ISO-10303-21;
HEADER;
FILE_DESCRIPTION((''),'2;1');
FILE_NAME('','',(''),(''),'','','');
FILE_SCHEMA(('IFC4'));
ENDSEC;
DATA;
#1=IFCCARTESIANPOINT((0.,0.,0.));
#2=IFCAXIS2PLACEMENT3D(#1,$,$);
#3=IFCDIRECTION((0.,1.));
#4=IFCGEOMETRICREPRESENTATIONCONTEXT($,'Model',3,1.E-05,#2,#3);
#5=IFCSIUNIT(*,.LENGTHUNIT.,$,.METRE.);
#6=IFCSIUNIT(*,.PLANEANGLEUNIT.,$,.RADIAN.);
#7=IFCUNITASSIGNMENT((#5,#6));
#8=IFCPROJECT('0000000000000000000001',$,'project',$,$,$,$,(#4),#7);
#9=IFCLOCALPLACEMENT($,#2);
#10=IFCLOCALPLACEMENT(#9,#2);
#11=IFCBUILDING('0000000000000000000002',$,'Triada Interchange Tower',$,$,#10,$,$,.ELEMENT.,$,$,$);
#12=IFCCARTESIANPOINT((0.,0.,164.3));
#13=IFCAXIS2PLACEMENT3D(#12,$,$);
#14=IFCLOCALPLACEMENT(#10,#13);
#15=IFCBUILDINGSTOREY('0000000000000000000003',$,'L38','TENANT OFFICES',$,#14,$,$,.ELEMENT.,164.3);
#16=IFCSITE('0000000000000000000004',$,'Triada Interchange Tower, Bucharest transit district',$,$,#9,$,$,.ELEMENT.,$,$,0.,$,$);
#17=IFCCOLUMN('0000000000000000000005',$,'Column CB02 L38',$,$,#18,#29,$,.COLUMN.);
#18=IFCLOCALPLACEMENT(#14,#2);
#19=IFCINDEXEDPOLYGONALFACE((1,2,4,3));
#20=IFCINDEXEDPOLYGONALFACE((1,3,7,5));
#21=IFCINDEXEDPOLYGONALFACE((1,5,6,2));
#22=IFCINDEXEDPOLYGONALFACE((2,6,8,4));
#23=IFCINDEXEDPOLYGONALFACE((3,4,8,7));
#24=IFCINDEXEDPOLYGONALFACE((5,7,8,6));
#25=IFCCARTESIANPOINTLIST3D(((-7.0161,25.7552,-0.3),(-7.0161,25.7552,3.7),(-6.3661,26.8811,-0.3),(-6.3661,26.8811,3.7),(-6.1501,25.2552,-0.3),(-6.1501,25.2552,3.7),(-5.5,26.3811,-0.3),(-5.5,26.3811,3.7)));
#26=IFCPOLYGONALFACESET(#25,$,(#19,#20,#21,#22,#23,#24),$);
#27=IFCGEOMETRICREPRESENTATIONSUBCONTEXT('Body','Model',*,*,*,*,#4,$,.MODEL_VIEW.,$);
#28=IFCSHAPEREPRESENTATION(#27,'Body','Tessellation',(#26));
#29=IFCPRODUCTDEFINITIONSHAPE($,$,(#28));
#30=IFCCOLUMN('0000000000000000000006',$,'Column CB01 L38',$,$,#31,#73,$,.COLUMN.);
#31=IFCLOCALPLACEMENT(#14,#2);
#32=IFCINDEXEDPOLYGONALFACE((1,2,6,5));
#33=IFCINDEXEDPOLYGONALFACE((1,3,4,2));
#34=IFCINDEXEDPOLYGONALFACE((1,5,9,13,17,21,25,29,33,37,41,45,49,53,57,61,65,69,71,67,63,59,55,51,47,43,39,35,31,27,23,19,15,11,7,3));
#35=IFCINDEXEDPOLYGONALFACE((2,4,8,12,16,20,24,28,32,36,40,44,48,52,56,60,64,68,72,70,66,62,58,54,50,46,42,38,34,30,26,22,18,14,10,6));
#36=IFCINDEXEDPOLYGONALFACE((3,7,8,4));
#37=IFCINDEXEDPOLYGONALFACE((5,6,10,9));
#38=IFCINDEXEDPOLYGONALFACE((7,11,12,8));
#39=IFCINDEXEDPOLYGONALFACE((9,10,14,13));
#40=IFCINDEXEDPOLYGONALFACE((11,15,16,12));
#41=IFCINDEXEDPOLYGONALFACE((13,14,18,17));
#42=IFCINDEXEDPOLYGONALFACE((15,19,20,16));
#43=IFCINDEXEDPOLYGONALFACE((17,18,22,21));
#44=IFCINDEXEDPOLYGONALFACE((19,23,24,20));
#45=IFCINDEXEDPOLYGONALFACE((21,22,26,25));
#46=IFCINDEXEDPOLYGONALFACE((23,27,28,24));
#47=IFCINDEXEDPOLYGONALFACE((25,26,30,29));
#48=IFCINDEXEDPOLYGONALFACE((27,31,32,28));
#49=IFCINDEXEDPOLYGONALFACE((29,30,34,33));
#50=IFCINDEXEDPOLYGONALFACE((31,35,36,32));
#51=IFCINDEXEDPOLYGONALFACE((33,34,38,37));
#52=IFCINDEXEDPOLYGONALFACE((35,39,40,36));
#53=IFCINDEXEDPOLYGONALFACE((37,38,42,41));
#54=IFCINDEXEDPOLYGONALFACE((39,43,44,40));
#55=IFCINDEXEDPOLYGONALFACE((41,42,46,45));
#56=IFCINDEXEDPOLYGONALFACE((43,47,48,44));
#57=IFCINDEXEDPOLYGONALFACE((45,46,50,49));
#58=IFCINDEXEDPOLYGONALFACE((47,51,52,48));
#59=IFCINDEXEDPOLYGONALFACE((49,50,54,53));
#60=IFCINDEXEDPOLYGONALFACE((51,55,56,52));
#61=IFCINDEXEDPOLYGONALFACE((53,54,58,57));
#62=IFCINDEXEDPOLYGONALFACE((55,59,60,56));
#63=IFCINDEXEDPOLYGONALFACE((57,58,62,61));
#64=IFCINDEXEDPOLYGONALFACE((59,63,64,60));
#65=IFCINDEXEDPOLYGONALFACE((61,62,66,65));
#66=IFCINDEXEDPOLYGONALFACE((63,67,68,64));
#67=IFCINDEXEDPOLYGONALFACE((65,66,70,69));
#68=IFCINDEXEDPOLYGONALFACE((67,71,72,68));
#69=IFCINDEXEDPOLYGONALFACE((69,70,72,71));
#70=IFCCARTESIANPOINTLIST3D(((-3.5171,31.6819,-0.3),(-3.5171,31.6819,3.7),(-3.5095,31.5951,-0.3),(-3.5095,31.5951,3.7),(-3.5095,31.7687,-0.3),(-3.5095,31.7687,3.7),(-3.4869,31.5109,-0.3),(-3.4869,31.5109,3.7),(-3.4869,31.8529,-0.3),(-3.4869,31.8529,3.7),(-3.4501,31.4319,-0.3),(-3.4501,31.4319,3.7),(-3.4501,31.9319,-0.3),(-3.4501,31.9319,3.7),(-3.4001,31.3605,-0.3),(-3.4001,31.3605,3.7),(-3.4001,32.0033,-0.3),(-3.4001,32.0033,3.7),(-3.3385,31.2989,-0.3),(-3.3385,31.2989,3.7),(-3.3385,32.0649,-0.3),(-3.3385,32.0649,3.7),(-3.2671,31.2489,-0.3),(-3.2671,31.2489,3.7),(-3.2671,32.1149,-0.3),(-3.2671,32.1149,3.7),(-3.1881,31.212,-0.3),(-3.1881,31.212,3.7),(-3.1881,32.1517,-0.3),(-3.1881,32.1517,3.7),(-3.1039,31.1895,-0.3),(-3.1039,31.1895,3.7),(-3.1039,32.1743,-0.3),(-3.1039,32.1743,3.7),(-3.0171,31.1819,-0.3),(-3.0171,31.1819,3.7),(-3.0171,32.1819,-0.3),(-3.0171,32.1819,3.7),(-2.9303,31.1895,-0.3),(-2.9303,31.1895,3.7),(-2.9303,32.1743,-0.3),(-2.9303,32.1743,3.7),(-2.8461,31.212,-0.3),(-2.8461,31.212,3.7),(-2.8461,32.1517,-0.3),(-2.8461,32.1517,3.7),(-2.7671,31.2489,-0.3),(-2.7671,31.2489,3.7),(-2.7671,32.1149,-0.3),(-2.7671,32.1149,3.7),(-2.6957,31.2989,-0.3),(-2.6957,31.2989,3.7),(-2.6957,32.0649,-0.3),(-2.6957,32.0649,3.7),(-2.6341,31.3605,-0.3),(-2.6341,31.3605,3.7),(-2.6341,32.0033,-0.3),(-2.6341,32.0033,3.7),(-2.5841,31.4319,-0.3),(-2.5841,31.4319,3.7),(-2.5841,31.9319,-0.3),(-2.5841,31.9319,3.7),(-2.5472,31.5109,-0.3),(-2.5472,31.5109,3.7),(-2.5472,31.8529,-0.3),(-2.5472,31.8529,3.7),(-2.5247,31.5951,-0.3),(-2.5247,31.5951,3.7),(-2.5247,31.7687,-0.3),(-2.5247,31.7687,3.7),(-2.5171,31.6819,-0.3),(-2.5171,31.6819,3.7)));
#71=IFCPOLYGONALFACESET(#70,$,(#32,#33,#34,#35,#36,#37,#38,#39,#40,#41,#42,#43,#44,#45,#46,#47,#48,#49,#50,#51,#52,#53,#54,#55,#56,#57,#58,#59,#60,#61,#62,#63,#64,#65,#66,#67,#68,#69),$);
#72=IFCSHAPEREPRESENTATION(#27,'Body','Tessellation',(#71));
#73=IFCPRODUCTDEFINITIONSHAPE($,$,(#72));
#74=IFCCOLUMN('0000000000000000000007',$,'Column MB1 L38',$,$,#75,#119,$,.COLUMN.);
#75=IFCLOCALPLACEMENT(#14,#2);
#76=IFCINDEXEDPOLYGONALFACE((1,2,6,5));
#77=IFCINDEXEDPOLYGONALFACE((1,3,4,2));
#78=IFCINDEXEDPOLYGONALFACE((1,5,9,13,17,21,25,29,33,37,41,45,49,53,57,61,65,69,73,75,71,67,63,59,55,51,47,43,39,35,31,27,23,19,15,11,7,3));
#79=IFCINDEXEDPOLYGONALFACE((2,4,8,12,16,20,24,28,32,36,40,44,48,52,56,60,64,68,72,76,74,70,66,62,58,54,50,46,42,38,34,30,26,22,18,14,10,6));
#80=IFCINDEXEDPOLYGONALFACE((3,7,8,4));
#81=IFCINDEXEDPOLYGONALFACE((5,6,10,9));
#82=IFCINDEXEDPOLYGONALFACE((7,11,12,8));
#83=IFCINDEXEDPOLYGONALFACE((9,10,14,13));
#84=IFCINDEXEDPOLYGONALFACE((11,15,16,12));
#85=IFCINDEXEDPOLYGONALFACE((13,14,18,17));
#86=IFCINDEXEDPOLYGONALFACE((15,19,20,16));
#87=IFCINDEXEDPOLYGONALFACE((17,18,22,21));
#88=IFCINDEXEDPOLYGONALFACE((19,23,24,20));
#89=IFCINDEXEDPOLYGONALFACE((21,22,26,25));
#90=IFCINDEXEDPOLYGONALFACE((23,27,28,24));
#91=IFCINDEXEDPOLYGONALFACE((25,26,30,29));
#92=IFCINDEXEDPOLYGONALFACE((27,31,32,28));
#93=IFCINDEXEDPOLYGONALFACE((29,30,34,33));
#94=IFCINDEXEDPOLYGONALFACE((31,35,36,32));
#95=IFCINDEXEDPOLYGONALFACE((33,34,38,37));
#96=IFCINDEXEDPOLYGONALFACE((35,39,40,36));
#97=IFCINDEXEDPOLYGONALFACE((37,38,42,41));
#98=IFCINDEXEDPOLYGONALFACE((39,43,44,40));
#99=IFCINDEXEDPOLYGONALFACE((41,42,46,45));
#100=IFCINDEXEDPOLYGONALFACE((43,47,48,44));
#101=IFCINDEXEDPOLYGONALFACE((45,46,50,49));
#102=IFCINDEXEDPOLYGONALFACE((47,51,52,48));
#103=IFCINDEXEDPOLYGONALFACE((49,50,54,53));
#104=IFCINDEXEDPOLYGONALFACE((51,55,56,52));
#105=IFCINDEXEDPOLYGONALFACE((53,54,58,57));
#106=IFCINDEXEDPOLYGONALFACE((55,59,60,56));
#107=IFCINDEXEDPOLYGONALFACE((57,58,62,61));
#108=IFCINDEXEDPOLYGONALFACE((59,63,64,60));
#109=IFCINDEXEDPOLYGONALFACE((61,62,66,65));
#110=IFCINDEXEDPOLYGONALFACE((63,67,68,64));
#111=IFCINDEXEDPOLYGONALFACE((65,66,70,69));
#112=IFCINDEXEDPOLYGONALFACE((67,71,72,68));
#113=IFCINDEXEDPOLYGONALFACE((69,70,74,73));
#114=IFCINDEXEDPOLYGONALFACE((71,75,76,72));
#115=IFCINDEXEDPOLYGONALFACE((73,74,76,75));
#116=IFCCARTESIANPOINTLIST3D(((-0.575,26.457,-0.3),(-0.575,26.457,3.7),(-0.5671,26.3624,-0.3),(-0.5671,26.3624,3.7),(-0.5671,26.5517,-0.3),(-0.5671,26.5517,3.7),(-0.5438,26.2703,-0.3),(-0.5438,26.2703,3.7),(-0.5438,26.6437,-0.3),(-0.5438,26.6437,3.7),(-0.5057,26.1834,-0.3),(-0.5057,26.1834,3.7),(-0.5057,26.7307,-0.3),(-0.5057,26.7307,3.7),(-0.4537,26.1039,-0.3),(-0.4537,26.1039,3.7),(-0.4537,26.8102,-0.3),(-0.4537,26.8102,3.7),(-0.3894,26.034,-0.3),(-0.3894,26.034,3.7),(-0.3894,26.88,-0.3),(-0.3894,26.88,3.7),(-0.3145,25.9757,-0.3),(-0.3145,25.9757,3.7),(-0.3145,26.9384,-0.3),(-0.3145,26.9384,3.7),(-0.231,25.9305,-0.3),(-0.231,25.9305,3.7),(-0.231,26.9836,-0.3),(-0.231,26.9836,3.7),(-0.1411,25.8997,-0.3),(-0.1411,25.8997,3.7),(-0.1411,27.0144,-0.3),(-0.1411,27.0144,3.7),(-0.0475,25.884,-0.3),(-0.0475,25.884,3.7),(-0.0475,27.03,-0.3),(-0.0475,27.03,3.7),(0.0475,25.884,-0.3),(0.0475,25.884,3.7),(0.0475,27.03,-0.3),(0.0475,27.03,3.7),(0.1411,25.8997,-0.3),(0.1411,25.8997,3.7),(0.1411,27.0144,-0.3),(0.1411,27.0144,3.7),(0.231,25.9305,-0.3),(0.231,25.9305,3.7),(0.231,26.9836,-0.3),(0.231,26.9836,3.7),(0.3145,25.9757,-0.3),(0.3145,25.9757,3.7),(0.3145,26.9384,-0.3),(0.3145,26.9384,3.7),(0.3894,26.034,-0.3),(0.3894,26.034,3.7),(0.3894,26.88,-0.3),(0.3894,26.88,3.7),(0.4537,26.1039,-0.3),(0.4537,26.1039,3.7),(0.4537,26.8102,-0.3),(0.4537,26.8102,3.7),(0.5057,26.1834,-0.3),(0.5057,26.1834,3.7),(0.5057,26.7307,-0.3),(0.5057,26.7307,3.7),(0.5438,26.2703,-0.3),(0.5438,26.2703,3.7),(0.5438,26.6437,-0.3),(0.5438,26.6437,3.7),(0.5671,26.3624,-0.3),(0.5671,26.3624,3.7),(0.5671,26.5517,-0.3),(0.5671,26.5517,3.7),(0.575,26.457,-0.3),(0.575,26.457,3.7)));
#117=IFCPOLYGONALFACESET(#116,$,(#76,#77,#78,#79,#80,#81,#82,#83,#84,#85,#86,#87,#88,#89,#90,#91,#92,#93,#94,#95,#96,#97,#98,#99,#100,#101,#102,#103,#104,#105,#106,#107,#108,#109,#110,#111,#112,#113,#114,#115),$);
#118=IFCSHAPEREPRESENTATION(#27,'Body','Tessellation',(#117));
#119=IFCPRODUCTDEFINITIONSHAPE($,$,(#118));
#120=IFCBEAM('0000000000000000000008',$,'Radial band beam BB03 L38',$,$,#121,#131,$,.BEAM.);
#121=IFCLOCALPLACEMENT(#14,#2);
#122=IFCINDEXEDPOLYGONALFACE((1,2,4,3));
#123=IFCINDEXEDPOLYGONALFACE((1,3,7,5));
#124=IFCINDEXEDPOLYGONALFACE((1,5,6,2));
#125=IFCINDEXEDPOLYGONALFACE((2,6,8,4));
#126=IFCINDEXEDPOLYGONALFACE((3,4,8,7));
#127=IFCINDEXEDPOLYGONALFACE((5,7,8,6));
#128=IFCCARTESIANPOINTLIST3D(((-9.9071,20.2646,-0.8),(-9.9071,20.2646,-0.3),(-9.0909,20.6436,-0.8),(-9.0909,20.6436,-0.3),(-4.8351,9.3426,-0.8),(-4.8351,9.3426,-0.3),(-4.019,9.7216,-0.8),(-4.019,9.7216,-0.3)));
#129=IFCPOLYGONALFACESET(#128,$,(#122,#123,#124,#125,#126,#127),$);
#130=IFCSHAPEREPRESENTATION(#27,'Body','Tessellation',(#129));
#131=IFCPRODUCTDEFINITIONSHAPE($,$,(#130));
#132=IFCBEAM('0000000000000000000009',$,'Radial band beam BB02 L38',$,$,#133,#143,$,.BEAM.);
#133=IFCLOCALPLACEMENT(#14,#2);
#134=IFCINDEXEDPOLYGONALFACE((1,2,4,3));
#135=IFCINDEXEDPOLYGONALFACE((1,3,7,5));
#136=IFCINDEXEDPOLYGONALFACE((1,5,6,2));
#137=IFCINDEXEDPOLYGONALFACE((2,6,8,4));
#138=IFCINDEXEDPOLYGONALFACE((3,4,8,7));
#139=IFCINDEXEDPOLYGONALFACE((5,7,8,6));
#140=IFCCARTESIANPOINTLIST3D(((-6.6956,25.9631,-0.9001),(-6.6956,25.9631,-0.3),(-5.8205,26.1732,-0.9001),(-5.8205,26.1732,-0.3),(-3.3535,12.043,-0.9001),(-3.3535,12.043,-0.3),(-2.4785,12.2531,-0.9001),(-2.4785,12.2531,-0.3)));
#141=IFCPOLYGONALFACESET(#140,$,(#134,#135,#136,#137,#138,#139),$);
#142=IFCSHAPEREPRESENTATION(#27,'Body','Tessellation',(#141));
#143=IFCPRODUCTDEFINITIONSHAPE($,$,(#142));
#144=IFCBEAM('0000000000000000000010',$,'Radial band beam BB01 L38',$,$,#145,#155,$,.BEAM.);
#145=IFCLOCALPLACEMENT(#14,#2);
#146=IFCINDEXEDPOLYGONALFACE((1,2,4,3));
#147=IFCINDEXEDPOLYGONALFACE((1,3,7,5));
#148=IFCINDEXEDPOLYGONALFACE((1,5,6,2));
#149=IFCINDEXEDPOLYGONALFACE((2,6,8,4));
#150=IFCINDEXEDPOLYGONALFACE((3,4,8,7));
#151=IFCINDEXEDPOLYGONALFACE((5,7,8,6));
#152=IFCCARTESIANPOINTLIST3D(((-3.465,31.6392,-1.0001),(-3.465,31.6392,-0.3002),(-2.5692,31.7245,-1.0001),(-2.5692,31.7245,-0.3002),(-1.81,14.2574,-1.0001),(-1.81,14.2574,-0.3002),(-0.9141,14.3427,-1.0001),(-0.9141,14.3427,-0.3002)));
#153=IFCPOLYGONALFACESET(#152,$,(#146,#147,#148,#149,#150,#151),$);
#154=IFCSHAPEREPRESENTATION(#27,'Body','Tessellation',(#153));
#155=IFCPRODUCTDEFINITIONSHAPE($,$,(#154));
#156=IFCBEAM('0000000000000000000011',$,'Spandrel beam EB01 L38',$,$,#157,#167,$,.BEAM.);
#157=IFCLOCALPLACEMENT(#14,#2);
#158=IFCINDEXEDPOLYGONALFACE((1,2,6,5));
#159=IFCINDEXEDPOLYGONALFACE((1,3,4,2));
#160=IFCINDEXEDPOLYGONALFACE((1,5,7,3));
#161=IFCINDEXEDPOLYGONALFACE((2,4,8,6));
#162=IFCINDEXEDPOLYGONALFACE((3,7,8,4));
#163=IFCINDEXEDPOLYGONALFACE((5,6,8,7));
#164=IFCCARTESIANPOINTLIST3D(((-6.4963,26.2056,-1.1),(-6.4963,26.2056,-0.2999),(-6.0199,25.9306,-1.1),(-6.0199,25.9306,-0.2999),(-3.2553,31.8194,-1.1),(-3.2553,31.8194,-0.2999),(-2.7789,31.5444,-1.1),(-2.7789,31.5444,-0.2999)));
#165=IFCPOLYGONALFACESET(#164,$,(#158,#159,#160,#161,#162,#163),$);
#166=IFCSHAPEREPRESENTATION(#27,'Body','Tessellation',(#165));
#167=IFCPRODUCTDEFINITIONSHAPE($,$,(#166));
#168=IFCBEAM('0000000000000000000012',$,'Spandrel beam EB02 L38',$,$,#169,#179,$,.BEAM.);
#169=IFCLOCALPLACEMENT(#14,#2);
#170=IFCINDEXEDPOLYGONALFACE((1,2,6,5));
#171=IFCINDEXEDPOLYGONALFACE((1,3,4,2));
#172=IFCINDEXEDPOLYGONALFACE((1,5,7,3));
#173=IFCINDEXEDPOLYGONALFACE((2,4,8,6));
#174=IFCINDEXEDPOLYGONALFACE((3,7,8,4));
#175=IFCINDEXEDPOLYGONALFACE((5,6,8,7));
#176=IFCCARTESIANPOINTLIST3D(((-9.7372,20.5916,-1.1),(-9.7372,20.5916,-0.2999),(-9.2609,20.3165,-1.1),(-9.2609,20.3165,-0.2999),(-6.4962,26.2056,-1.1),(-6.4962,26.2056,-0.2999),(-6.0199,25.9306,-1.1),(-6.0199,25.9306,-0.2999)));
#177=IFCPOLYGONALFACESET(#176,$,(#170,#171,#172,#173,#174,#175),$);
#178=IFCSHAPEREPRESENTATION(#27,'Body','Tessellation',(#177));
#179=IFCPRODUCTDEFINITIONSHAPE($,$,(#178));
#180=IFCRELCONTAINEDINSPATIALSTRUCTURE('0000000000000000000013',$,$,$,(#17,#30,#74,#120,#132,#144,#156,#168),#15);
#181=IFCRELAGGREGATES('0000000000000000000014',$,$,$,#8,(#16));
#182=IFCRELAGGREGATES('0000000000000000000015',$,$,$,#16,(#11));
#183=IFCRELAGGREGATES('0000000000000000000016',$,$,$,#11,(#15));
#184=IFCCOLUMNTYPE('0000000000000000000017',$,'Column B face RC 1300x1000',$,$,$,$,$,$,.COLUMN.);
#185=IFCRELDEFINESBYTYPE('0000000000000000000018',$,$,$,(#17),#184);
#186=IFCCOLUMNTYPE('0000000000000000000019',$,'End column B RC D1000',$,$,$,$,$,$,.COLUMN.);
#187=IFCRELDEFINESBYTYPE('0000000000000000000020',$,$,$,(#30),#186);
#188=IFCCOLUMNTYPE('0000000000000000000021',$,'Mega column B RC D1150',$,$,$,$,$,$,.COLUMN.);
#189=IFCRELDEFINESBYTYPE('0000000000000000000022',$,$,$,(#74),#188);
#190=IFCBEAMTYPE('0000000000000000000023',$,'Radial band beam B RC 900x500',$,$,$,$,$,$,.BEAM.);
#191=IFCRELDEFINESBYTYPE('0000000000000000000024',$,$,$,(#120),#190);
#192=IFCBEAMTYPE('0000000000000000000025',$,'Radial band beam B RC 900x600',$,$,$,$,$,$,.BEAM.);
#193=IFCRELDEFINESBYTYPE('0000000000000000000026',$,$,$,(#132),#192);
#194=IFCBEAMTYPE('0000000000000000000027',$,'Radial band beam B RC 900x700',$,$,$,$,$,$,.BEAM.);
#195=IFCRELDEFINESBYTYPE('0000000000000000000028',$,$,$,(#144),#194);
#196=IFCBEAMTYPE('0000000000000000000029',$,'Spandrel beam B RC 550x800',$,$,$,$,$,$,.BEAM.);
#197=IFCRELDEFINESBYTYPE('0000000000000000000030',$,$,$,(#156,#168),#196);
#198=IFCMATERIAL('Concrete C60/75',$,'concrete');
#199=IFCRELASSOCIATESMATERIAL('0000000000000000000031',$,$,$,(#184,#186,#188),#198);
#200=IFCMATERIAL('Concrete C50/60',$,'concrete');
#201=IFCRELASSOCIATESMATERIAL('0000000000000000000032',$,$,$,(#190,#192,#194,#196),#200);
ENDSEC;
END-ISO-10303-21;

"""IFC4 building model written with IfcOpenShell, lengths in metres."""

from ifc_helpers import new_model, si_unit, direction, frame, origin, origin_2d, place, context, subcontext, project, spatial, rectangle, circle, extrude, material, material_profile, profile_set, type_object, element, save


model = new_model("IFC4")

# Units and contexts
model_context = context("Model", 3, precision=1e-05, world=origin(), true_north=direction((0.0, 1.0)))
body_context = subcontext(model_context, "Body", "Model", "MODEL_VIEW")
ifc_project = project(units=[si_unit("LENGTHUNIT", "METRE"), si_unit("PLANEANGLEUNIT", "RADIAN")], contexts=[model_context])

# Site, building, storey
site_placement = place(None, origin())
site = spatial("IfcSite", under=ifc_project, at=site_placement, Name="Triada Interchange Tower, Bucharest transit district", CompositionType="ELEMENT", RefElevation=0.0)
building_placement = place(site_placement, origin())
building = spatial("IfcBuilding", under=site, at=building_placement, Name="Triada Interchange Tower", CompositionType="ELEMENT")
storey_placement = place(building_placement, frame((0.0, 0.0, 164.3)))
storey = spatial("IfcBuildingStorey", under=building, at=storey_placement, Name="L38", Description="TENANT OFFICES", CompositionType="ELEMENT", Elevation=164.3)

# Columns
ifc_material_1 = material(Name="Concrete C60/75", Category="concrete")
ifc_material_profile_1 = material_profile(ifc_material_1, rectangle(XDim=1.3, YDim=1.0, at=origin_2d()), Name="RC 1300x1000")
ifc_profile_set_1 = profile_set([ifc_material_profile_1], Name="Concrete C60/75")
column_type_1 = type_object("IfcColumnType", Name="Column B face RC 1300x1000", PredefinedType="COLUMN", material=ifc_profile_set_1)
column_1_placement = place(storey_placement, frame((-6.2581, 26.0681, -0.3), z_axis=(0.0, 0.0, 1.0), x_axis=(0.5, 0.866025, 0.0)))
element("IfcColumn", 1, at=column_1_placement, inside=storey, type_object=column_type_1, Name="Column CB02 L38", PredefinedType="COLUMN", context=body_context, shape_type="SweptSolid", body=[
    extrude(rectangle(XDim=1.3, YDim=1.0, at=origin_2d()), origin(), (0.0, 0.0, 1.0), 4.0),
])
ifc_material_profile_2 = material_profile(ifc_material_1, circle(Radius=0.5, at=origin_2d()), Name="RC D1000")
ifc_profile_set_2 = profile_set([ifc_material_profile_2], Name="Concrete C60/75")
column_type_2 = type_object("IfcColumnType", Name="End column B RC D1000", PredefinedType="COLUMN", material=ifc_profile_set_2)
column_2_placement = place(storey_placement, frame((-3.0171, 31.6819, -0.3), z_axis=(0.0, 0.0, 1.0), x_axis=(0.5, 0.866025, 0.0)))
element("IfcColumn", 2, at=column_2_placement, inside=storey, type_object=column_type_2, Name="Column CB01 L38", PredefinedType="COLUMN", context=body_context, shape_type="SweptSolid", body=[
    extrude(circle(Radius=0.5, at=origin_2d()), origin(), (0.0, 0.0, 1.0), 4.0),
])
ifc_material_profile_3 = material_profile(ifc_material_1, circle(Radius=0.575, at=origin_2d()), Name="RC D1150")
ifc_profile_set_3 = profile_set([ifc_material_profile_3], Name="Concrete C60/75")
column_type_3 = type_object("IfcColumnType", Name="Mega column B RC D1150", PredefinedType="COLUMN", material=ifc_profile_set_3)
column_3_placement = place(storey_placement, frame((0.0, 26.457, -0.3), z_axis=(0.0, 0.0, 1.0), x_axis=(1.0, 0.0, 0.0)))
element("IfcColumn", 3, at=column_3_placement, inside=storey, type_object=column_type_3, Name="Column MB1 L38", PredefinedType="COLUMN", context=body_context, shape_type="SweptSolid", body=[
    extrude(circle(Radius=0.575, at=origin_2d()), origin(), (0.0, 0.0, 1.0), 4.0),
])

# Beams
ifc_material_2 = material(Name="Concrete C50/60", Category="concrete")
ifc_material_profile_4 = material_profile(ifc_material_2, rectangle(XDim=0.8999, YDim=0.5, at=origin_2d()), Name="RC 900x500")
ifc_profile_set_4 = profile_set([ifc_material_profile_4], Name="Concrete C50/60")
beam_type_1 = type_object("IfcBeamType", Name="Radial band beam B RC 900x500", PredefinedType="BEAM", material=ifc_profile_set_4)
beam_1_placement = place(storey_placement, frame((-9.499, 20.4541, -0.55), z_axis=(0.421182, -0.906976, 0.0), x_axis=(0.906976, 0.421182, 0.0)))
element("IfcBeam", 4, at=beam_1_placement, inside=storey, type_object=beam_type_1, Name="Radial band beam BB03 L38", PredefinedType="BEAM", context=body_context, shape_type="SweptSolid", body=[
    extrude(rectangle(XDim=0.8999, YDim=0.5, at=origin_2d()), origin(), (0.0, 0.0, 1.0), 12.0422),
])
ifc_material_profile_5 = material_profile(ifc_material_2, rectangle(XDim=0.8999, YDim=0.6001, at=origin_2d()), Name="RC 900x600")
ifc_profile_set_5 = profile_set([ifc_material_profile_5], Name="Concrete C50/60")
beam_type_2 = type_object("IfcBeamType", Name="Radial band beam B RC 900x600", PredefinedType="BEAM", material=ifc_profile_set_5)
beam_2_placement = place(storey_placement, frame((-6.2581, 26.0681, -0.6001), z_axis=(0.233452, -0.972368, 0.0), x_axis=(0.972368, 0.233452, 0.0)))
element("IfcBeam", 5, at=beam_2_placement, inside=storey, type_object=beam_type_2, Name="Radial band beam BB02 L38", PredefinedType="BEAM", context=body_context, shape_type="SweptSolid", body=[
    extrude(rectangle(XDim=0.8999, YDim=0.6001, at=origin_2d()), origin(), (0.0, 0.0, 1.0), 14.3157),
])
ifc_material_profile_6 = material_profile(ifc_material_2, rectangle(XDim=0.8999, YDim=0.7, at=origin_2d()), Name="RC 900x700")
ifc_profile_set_6 = profile_set([ifc_material_profile_6], Name="Concrete C50/60")
beam_type_3 = type_object("IfcBeamType", Name="Radial band beam B RC 900x700", PredefinedType="BEAM", material=ifc_profile_set_6)
beam_3_placement = place(storey_placement, frame((-3.0171, 31.6819, -0.6501), z_axis=(0.094787, -0.995498, 0.0), x_axis=(0.995498, 0.094787, 0.0)))
element("IfcBeam", 6, at=beam_3_placement, inside=storey, type_object=beam_type_3, Name="Radial band beam BB01 L38", PredefinedType="BEAM", context=body_context, shape_type="SweptSolid", body=[
    extrude(rectangle(XDim=0.8999, YDim=0.7, at=origin_2d()), origin(), (0.0, 0.0, 1.0), 17.4604),
])
ifc_material_profile_7 = material_profile(ifc_material_2, rectangle(XDim=0.55, YDim=0.8, at=origin_2d()), Name="RC 550x800")
ifc_profile_set_7 = profile_set([ifc_material_profile_7], Name="Concrete C50/60")
beam_type_4 = type_object("IfcBeamType", Name="Spandrel beam B RC 550x800", PredefinedType="BEAM", material=ifc_profile_set_7)
beam_4_placement = place(storey_placement, frame((-3.0171, 31.6819, -0.7), z_axis=(-0.499983, -0.866035, 0.0), x_axis=(0.866035, -0.499983, 0.0)))
element("IfcBeam", 7, at=beam_4_placement, inside=storey, type_object=beam_type_4, Name="Spandrel beam EB01 L38", PredefinedType="BEAM", context=body_context, shape_type="SweptSolid", body=[
    extrude(rectangle(XDim=0.55, YDim=0.8, at=origin_2d()), origin(), (0.0, 0.0, 1.0), 6.4822),
])
beam_5_placement = place(storey_placement, frame((-6.2581, 26.0681, -0.7), z_axis=(-0.499967, -0.866044, 0.0), x_axis=(0.866044, -0.499967, 0.0)))
element("IfcBeam", 8, at=beam_5_placement, inside=storey, type_object=beam_type_4, Name="Spandrel beam EB02 L38", PredefinedType="BEAM", context=body_context, shape_type="SweptSolid", body=[
    extrude(rectangle(XDim=0.55, YDim=0.8, at=origin_2d()), origin(), (0.0, 0.0, 1.0), 6.4824),
])

save(model, "model.ifc")
